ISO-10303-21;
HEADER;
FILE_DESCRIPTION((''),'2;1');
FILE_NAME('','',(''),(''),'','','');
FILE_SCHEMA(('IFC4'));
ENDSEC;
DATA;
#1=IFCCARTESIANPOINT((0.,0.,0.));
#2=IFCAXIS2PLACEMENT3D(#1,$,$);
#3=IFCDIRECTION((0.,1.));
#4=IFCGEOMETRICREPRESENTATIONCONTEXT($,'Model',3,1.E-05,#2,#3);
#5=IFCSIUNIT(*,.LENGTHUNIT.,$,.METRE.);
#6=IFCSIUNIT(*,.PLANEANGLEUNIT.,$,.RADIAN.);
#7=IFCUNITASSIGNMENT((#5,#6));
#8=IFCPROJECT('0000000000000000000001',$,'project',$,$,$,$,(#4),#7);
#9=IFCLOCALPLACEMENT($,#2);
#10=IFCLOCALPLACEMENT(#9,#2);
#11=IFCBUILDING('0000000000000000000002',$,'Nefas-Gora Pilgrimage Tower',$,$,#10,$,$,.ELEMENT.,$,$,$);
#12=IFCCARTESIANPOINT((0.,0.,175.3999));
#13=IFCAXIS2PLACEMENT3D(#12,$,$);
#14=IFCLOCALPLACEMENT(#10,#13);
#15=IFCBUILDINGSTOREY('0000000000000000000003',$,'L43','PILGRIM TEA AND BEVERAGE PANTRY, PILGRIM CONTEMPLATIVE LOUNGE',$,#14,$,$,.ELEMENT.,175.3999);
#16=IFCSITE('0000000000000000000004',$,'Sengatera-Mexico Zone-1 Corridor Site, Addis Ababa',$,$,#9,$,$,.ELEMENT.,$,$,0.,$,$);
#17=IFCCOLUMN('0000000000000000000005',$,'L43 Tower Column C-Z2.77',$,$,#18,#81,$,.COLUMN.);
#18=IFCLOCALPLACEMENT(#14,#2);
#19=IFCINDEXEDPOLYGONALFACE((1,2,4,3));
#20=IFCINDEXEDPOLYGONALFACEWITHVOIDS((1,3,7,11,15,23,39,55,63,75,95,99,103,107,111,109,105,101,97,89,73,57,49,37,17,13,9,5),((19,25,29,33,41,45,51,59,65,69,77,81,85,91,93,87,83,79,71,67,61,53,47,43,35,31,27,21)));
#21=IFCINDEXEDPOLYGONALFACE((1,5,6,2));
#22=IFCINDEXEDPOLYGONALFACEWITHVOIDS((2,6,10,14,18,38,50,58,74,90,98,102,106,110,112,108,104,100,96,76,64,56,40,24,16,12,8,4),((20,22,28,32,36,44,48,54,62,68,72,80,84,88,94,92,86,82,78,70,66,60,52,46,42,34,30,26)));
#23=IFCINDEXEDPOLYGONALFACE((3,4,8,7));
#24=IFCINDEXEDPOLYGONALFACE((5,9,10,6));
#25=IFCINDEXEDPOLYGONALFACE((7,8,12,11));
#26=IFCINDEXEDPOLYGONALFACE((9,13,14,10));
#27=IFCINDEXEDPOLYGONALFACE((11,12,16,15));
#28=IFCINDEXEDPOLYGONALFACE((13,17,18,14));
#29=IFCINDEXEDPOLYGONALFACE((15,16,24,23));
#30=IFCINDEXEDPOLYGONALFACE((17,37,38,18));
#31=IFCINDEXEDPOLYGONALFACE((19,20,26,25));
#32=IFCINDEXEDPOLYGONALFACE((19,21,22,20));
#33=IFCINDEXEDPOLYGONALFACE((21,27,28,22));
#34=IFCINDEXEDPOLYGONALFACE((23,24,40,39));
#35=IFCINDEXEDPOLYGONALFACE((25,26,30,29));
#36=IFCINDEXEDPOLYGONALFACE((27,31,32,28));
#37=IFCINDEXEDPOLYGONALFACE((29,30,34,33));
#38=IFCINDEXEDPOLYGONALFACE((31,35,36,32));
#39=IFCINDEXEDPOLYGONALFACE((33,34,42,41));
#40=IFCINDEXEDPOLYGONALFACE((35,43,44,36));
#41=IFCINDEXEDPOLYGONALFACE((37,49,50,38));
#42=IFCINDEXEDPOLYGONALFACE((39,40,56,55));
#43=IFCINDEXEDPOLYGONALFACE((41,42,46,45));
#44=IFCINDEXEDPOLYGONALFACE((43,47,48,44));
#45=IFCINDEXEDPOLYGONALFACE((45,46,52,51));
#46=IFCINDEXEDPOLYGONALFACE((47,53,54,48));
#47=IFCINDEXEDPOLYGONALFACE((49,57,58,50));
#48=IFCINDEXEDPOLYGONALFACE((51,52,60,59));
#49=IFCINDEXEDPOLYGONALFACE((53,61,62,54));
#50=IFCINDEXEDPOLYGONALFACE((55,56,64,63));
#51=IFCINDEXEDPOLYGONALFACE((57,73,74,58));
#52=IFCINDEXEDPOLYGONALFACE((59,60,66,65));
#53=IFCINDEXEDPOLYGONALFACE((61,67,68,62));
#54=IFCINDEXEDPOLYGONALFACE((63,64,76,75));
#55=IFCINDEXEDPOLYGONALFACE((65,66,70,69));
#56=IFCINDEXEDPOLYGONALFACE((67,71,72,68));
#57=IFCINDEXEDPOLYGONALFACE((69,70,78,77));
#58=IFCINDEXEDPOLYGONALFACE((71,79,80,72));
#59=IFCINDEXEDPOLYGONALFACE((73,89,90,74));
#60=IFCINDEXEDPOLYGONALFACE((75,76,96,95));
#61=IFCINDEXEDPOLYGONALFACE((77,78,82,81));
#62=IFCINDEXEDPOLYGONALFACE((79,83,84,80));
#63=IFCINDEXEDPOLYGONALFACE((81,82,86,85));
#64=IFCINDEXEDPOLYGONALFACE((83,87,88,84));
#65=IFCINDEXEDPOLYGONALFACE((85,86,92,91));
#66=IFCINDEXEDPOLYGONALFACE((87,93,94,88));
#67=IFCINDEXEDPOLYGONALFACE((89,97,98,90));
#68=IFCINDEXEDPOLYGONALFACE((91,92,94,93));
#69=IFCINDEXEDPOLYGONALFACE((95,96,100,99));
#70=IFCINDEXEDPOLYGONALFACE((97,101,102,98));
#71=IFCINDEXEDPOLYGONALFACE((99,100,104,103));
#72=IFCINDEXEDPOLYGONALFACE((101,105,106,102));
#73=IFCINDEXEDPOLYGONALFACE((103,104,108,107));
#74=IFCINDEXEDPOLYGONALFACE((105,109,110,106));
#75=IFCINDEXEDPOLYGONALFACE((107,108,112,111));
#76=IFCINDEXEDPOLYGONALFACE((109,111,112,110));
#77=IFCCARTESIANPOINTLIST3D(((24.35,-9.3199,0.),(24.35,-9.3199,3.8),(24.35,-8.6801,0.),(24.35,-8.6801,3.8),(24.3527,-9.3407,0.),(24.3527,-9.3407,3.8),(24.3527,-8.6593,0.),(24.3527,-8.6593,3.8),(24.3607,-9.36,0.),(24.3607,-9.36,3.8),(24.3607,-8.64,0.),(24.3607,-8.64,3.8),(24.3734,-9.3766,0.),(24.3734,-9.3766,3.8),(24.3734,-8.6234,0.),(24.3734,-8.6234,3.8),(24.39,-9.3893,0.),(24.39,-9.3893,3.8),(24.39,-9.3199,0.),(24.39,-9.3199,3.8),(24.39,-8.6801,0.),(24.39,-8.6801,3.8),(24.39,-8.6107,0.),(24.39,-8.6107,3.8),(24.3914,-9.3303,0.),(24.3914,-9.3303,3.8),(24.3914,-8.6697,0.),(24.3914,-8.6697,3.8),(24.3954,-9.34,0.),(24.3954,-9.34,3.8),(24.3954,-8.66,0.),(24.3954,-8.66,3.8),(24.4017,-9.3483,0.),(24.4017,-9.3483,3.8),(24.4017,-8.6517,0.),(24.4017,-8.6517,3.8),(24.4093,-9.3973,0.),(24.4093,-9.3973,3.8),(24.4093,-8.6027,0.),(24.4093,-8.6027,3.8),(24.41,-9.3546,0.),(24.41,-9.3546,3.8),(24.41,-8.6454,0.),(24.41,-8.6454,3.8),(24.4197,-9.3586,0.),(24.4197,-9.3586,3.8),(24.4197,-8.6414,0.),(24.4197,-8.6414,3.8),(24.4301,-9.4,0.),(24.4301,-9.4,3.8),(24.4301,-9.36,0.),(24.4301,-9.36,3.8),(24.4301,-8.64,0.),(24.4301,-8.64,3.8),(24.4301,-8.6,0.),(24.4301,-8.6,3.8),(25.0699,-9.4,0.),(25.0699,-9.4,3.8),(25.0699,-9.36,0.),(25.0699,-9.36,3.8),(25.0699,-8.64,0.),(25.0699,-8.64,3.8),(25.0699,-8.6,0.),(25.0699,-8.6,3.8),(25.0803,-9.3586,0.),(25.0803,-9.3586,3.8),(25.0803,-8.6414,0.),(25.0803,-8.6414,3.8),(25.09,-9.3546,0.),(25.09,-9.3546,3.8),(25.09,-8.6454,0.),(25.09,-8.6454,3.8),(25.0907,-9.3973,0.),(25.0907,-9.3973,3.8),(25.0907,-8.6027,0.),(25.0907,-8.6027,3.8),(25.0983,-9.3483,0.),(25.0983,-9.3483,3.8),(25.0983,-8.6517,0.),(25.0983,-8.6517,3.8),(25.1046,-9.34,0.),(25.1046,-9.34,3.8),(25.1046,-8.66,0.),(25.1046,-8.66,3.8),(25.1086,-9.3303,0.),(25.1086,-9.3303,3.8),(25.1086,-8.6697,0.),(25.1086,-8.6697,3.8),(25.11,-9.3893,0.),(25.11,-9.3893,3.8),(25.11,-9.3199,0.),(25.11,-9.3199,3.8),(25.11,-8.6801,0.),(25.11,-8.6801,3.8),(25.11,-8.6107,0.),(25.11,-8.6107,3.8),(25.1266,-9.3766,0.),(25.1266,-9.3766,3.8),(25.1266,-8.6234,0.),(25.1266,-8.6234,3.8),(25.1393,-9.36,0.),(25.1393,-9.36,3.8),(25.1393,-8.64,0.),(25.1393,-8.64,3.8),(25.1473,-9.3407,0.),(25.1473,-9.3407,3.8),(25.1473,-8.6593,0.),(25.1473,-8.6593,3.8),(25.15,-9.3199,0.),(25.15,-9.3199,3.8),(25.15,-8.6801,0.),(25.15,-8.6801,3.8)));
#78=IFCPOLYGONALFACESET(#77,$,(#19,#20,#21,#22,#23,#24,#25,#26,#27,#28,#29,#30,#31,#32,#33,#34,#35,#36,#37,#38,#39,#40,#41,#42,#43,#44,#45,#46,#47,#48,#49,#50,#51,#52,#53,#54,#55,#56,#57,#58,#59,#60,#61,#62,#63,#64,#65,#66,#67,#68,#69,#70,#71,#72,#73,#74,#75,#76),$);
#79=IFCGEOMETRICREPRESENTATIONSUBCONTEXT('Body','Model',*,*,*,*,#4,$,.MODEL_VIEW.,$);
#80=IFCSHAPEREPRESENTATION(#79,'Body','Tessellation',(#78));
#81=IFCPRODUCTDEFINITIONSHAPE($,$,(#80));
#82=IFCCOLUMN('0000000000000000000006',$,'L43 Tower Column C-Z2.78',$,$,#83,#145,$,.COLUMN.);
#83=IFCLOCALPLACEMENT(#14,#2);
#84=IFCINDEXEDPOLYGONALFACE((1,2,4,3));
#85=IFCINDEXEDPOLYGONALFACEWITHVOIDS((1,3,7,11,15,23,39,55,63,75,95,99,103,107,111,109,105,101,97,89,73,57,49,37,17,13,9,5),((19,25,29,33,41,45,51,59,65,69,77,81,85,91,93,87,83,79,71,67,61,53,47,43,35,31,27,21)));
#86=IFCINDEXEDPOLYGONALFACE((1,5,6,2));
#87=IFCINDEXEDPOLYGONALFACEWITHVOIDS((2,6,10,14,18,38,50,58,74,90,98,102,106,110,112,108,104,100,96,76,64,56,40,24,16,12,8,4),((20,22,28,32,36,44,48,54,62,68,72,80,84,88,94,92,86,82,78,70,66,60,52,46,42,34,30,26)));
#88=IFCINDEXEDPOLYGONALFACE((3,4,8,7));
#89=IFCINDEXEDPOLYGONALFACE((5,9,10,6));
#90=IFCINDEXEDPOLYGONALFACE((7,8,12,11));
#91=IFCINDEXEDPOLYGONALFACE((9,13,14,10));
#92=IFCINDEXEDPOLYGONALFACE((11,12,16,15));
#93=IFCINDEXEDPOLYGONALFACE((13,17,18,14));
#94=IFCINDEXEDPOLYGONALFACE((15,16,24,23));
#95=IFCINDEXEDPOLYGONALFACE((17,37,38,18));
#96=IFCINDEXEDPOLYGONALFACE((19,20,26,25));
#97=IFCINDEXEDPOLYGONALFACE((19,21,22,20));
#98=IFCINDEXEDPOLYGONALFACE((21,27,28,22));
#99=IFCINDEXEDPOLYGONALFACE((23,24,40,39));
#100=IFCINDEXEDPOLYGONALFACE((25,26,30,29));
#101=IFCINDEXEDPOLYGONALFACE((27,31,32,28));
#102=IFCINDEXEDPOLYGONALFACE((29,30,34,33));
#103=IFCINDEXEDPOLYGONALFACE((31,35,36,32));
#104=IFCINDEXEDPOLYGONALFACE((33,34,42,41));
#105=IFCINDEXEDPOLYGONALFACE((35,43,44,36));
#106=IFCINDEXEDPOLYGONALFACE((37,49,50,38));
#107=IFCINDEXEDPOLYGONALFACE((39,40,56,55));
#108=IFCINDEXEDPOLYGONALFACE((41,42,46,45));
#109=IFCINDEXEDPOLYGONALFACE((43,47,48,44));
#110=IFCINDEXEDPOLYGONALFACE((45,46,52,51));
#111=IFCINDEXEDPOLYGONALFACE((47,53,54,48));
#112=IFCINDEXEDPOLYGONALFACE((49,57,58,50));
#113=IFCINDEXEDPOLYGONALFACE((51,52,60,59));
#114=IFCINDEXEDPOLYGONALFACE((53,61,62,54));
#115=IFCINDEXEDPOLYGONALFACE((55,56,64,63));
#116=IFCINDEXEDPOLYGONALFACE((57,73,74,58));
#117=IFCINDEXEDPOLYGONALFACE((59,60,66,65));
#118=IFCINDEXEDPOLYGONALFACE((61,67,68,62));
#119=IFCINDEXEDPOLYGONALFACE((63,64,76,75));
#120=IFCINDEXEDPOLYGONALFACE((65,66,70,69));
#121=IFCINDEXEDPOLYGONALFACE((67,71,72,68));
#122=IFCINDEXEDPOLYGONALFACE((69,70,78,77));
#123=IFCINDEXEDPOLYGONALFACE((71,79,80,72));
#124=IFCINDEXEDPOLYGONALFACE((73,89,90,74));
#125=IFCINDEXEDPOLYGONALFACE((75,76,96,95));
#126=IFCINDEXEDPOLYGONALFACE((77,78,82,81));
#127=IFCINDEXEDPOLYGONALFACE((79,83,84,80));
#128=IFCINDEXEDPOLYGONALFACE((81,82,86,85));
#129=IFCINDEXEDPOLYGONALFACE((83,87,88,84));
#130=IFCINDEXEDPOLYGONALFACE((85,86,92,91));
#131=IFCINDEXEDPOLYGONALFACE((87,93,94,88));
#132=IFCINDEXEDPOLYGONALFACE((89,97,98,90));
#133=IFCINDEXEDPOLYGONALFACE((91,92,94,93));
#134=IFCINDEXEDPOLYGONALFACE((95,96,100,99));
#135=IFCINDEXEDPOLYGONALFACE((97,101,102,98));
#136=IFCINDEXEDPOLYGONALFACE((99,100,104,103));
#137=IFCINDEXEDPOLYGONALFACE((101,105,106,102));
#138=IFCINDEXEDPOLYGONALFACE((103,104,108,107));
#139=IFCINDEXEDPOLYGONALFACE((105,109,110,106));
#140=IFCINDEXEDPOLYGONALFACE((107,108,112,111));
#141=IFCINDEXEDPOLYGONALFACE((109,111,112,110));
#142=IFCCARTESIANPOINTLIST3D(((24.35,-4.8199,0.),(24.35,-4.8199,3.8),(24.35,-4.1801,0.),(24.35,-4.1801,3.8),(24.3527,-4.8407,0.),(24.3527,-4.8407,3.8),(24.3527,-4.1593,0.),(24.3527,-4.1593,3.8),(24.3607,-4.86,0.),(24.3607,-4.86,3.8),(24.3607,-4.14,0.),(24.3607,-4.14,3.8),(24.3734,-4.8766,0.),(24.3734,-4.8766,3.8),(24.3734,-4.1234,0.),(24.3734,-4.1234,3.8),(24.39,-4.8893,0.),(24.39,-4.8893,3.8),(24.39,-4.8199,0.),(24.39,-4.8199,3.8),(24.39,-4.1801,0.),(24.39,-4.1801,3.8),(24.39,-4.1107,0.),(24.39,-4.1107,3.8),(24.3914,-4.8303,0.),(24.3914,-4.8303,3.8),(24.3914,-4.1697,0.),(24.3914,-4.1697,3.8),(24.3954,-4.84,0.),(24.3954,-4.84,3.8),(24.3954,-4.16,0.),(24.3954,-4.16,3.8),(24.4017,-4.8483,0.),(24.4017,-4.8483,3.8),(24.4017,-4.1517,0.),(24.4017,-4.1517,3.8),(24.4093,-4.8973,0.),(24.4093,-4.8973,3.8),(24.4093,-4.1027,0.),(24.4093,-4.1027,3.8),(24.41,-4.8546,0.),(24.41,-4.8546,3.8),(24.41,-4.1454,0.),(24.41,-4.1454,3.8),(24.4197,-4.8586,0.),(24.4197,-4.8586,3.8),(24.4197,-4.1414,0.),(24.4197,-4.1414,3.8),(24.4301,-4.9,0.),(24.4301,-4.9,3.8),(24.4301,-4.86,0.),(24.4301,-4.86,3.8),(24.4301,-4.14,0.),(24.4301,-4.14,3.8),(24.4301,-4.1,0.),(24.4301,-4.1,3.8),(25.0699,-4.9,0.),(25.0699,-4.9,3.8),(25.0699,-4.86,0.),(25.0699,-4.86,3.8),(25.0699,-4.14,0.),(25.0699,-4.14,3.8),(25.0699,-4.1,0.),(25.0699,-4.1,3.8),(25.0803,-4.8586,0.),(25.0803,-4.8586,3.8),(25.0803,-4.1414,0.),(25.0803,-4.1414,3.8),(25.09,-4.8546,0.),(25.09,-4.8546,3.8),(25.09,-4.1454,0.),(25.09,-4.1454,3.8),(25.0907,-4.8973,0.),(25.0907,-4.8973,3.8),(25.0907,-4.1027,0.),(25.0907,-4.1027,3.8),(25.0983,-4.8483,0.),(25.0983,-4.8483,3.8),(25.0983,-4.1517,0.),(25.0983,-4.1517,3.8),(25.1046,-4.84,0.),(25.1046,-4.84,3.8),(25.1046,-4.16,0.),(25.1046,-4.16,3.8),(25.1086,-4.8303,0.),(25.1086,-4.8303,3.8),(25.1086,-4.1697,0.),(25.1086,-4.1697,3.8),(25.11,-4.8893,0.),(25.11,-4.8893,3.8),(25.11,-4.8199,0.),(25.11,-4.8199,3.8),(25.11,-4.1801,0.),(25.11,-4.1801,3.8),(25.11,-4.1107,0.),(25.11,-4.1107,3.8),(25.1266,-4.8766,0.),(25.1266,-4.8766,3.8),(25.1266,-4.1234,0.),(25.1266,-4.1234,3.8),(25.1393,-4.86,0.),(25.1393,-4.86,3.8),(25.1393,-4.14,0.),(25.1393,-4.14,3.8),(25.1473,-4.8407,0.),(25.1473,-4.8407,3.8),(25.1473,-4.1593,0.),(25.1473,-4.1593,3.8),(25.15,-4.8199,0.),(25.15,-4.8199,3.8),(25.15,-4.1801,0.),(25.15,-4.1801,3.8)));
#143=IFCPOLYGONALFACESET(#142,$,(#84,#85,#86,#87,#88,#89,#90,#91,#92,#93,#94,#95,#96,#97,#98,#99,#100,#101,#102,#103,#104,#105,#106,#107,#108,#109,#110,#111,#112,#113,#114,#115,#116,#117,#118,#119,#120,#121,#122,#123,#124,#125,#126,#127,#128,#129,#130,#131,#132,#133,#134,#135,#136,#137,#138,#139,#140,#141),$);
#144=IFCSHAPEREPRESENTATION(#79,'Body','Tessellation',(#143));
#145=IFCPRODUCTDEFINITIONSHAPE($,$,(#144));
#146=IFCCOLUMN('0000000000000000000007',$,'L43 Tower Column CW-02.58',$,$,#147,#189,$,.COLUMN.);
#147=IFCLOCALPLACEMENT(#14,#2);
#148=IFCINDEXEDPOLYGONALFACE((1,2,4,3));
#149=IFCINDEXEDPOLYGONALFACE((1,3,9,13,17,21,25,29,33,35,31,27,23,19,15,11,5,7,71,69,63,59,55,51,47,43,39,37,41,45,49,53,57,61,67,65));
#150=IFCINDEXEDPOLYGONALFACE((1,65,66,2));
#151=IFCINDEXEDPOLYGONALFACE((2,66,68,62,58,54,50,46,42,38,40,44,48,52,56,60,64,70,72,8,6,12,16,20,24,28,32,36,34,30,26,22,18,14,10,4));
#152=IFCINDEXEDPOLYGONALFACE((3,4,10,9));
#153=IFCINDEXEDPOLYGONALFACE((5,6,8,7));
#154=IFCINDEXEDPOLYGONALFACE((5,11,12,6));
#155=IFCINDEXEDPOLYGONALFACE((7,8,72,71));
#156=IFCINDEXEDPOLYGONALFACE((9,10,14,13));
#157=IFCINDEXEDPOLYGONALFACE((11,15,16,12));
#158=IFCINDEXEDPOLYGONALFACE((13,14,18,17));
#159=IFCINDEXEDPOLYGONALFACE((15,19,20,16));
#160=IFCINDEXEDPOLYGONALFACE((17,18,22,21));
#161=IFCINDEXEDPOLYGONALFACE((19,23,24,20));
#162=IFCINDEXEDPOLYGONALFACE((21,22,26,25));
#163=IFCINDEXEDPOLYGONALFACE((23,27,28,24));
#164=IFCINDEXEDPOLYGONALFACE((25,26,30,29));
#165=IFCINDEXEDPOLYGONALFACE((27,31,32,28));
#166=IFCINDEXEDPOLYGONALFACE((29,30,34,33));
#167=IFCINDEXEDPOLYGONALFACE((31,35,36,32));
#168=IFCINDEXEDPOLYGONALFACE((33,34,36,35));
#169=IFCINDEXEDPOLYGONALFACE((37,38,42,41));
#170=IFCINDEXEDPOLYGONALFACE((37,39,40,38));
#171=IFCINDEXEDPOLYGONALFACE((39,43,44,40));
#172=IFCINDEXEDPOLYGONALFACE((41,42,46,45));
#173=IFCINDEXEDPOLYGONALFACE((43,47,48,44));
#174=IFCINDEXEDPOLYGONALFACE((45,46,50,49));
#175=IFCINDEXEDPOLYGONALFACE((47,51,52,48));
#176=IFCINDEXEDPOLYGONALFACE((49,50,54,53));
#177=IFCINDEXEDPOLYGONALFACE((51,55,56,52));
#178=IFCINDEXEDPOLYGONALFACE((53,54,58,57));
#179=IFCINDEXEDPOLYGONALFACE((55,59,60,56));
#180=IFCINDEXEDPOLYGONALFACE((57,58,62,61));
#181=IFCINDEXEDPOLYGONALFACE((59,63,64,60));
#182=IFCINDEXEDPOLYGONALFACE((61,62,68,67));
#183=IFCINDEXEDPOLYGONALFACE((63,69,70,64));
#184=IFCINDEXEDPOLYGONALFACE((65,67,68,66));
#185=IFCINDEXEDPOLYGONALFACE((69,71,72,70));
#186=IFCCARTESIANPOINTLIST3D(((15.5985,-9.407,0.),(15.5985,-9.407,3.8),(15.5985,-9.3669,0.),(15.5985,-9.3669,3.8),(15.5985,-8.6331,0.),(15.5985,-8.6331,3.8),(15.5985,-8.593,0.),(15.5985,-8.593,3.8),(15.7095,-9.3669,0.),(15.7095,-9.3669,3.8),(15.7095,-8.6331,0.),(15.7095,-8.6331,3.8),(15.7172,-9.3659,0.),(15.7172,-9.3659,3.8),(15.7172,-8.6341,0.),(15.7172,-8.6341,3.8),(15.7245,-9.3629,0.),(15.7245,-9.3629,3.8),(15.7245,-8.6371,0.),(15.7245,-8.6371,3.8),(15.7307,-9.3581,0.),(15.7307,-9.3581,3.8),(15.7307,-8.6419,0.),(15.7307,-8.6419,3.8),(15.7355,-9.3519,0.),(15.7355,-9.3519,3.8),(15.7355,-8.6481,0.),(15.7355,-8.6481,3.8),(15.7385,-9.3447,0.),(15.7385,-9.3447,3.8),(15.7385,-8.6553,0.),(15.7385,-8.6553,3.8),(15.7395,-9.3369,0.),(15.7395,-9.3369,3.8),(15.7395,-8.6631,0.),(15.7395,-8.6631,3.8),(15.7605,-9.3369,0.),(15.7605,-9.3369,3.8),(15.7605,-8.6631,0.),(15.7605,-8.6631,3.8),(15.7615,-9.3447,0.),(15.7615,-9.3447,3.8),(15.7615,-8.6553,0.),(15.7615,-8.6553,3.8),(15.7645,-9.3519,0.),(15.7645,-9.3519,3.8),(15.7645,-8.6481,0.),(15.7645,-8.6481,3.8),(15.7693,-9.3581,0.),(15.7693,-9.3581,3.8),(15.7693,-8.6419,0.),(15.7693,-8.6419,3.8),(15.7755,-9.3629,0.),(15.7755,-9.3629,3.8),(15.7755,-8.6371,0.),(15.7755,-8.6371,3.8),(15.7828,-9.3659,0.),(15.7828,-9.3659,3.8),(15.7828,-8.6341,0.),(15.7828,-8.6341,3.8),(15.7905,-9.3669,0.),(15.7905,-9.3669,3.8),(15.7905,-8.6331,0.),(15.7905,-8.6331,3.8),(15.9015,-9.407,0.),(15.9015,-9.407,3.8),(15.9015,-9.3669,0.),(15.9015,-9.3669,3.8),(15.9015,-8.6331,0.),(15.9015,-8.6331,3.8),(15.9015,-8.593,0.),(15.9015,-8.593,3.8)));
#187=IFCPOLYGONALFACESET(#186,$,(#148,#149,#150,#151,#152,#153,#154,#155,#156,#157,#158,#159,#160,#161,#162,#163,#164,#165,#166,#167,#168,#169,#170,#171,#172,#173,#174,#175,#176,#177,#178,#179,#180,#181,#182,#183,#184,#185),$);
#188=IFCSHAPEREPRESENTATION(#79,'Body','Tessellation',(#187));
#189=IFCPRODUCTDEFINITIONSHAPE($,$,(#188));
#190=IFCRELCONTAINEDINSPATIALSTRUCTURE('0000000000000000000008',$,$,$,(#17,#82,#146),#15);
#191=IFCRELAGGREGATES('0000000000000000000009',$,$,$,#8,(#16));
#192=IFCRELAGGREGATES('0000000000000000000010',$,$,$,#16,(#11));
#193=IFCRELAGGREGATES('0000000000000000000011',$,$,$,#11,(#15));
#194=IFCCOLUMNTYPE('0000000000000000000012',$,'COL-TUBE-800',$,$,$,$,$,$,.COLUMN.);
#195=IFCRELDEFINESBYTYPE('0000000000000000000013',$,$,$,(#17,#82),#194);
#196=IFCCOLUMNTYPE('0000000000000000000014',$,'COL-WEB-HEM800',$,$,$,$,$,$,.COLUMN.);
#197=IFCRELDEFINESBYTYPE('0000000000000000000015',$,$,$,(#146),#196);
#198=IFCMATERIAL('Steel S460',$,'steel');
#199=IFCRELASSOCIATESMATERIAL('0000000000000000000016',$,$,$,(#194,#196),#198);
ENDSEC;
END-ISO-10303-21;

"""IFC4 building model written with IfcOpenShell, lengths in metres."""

from ifc_helpers import new_model, si_unit, direction, frame, origin, origin_2d, place, context, subcontext, project, spatial, hollow_rectangle, i_section, extrude, source, transform, mapped, material, material_profile, profile_set, type_object, element, save


model = new_model("IFC4")

# Units and contexts
model_context = context("Model", 3, precision=1e-05, world=origin(), true_north=direction((0.0, 1.0)))
body_context = subcontext(model_context, "Body", "Model", "MODEL_VIEW")
ifc_project = project(units=[si_unit("LENGTHUNIT", "METRE"), si_unit("PLANEANGLEUNIT", "RADIAN")], contexts=[model_context])

# Site, building, storey
site_placement = place(None, origin())
site = spatial("IfcSite", under=ifc_project, at=site_placement, Name="Sengatera-Mexico Zone-1 Corridor Site, Addis Ababa", CompositionType="ELEMENT", RefElevation=0.0)
building_placement = place(site_placement, origin())
building = spatial("IfcBuilding", under=site, at=building_placement, Name="Nefas-Gora Pilgrimage Tower", CompositionType="ELEMENT")
storey_placement = place(building_placement, frame((0.0, 0.0, 175.3999)))
storey = spatial("IfcBuildingStorey", under=building, at=storey_placement, Name="L43", Description="PILGRIM TEA AND BEVERAGE PANTRY, PILGRIM CONTEMPLATIVE LOUNGE", CompositionType="ELEMENT", Elevation=175.3999)

# Columns
ifc_material_1 = material(Name="Steel S460", Category="steel")
ifc_material_profile_1 = material_profile(ifc_material_1, hollow_rectangle(XDim=0.8, YDim=0.8, WallThickness=0.04, InnerFilletRadius=0.04, OuterFilletRadius=0.0801, at=origin_2d()), Name="BOX 800x800x40")
ifc_profile_set_1 = profile_set([ifc_material_profile_1], Name="Steel S460")
column_type_1 = type_object("IfcColumnType", Name="COL-TUBE-800", PredefinedType="COLUMN", material=ifc_profile_set_1)
shared_shape_1 = source(origin(), body_context, "Body", "SweptSolid", [
    extrude(hollow_rectangle(XDim=0.8, YDim=0.8, WallThickness=0.04, InnerFilletRadius=0.04, OuterFilletRadius=0.0801, at=origin_2d()), origin(), (0.0, 0.0, 1.0), 3.8),
])
for number, where, z_axis, x_axis, name in (
    (1, (24.75, -9.0, 0.0), (0.0, 0.0, 1.0), (1.0, 0.0, 0.0), "L43 Tower Column C-Z2.77"),
    (2, (24.75, -4.5, 0.0), (0.0, 0.0, 1.0), (1.0, 0.0, 0.0), "L43 Tower Column C-Z2.78"),
):
    element("IfcColumn", number, at=place(storey_placement, frame(where, z_axis=z_axis, x_axis=x_axis)), inside=storey, type_object=column_type_1, Name=name, PredefinedType="COLUMN", context=body_context, shape_type="MappedRepresentation", body=[
        mapped(shared_shape_1, transform((0.0, 0.0, 0.0), x_axis=(1.0, 0.0, 0.0), y_axis=(0.0, 1.0, 0.0), z_axis=(0.0, 0.0, 1.0), scale=1.0)),
    ])
ifc_material_profile_2 = material_profile(ifc_material_1, i_section(OverallWidth=0.303, OverallDepth=0.814, WebThickness=0.021, FlangeThickness=0.04, FilletRadius=0.03, at=origin_2d()), Name="HEM 800")
ifc_profile_set_2 = profile_set([ifc_material_profile_2], Name="Steel S460")
column_type_2 = type_object("IfcColumnType", Name="COL-WEB-HEM800", PredefinedType="COLUMN", material=ifc_profile_set_2)
shared_shape_2 = source(origin(), body_context, "Body", "SweptSolid", [
    extrude(i_section(OverallWidth=0.303, OverallDepth=0.814, WebThickness=0.021, FlangeThickness=0.04, FilletRadius=0.03, at=origin_2d()), origin(), (0.0, 0.0, 1.0), 3.8),
])
for number, where, z_axis, x_axis, name in (
    (3, (15.75, -9.0, 0.0), (0.0, 0.0, 1.0), (1.0, 0.0, 0.0), "L43 Tower Column CW-02.58"),
):
    element("IfcColumn", number, at=place(storey_placement, frame(where, z_axis=z_axis, x_axis=x_axis)), inside=storey, type_object=column_type_2, Name=name, PredefinedType="COLUMN", context=body_context, shape_type="MappedRepresentation", body=[
        mapped(shared_shape_2, transform((0.0, 0.0, 0.0), x_axis=(1.0, 0.0, 0.0), y_axis=(0.0, 1.0, 0.0), z_axis=(0.0, 0.0, 1.0), scale=1.0)),
    ])

save(model, "model.ifc")
